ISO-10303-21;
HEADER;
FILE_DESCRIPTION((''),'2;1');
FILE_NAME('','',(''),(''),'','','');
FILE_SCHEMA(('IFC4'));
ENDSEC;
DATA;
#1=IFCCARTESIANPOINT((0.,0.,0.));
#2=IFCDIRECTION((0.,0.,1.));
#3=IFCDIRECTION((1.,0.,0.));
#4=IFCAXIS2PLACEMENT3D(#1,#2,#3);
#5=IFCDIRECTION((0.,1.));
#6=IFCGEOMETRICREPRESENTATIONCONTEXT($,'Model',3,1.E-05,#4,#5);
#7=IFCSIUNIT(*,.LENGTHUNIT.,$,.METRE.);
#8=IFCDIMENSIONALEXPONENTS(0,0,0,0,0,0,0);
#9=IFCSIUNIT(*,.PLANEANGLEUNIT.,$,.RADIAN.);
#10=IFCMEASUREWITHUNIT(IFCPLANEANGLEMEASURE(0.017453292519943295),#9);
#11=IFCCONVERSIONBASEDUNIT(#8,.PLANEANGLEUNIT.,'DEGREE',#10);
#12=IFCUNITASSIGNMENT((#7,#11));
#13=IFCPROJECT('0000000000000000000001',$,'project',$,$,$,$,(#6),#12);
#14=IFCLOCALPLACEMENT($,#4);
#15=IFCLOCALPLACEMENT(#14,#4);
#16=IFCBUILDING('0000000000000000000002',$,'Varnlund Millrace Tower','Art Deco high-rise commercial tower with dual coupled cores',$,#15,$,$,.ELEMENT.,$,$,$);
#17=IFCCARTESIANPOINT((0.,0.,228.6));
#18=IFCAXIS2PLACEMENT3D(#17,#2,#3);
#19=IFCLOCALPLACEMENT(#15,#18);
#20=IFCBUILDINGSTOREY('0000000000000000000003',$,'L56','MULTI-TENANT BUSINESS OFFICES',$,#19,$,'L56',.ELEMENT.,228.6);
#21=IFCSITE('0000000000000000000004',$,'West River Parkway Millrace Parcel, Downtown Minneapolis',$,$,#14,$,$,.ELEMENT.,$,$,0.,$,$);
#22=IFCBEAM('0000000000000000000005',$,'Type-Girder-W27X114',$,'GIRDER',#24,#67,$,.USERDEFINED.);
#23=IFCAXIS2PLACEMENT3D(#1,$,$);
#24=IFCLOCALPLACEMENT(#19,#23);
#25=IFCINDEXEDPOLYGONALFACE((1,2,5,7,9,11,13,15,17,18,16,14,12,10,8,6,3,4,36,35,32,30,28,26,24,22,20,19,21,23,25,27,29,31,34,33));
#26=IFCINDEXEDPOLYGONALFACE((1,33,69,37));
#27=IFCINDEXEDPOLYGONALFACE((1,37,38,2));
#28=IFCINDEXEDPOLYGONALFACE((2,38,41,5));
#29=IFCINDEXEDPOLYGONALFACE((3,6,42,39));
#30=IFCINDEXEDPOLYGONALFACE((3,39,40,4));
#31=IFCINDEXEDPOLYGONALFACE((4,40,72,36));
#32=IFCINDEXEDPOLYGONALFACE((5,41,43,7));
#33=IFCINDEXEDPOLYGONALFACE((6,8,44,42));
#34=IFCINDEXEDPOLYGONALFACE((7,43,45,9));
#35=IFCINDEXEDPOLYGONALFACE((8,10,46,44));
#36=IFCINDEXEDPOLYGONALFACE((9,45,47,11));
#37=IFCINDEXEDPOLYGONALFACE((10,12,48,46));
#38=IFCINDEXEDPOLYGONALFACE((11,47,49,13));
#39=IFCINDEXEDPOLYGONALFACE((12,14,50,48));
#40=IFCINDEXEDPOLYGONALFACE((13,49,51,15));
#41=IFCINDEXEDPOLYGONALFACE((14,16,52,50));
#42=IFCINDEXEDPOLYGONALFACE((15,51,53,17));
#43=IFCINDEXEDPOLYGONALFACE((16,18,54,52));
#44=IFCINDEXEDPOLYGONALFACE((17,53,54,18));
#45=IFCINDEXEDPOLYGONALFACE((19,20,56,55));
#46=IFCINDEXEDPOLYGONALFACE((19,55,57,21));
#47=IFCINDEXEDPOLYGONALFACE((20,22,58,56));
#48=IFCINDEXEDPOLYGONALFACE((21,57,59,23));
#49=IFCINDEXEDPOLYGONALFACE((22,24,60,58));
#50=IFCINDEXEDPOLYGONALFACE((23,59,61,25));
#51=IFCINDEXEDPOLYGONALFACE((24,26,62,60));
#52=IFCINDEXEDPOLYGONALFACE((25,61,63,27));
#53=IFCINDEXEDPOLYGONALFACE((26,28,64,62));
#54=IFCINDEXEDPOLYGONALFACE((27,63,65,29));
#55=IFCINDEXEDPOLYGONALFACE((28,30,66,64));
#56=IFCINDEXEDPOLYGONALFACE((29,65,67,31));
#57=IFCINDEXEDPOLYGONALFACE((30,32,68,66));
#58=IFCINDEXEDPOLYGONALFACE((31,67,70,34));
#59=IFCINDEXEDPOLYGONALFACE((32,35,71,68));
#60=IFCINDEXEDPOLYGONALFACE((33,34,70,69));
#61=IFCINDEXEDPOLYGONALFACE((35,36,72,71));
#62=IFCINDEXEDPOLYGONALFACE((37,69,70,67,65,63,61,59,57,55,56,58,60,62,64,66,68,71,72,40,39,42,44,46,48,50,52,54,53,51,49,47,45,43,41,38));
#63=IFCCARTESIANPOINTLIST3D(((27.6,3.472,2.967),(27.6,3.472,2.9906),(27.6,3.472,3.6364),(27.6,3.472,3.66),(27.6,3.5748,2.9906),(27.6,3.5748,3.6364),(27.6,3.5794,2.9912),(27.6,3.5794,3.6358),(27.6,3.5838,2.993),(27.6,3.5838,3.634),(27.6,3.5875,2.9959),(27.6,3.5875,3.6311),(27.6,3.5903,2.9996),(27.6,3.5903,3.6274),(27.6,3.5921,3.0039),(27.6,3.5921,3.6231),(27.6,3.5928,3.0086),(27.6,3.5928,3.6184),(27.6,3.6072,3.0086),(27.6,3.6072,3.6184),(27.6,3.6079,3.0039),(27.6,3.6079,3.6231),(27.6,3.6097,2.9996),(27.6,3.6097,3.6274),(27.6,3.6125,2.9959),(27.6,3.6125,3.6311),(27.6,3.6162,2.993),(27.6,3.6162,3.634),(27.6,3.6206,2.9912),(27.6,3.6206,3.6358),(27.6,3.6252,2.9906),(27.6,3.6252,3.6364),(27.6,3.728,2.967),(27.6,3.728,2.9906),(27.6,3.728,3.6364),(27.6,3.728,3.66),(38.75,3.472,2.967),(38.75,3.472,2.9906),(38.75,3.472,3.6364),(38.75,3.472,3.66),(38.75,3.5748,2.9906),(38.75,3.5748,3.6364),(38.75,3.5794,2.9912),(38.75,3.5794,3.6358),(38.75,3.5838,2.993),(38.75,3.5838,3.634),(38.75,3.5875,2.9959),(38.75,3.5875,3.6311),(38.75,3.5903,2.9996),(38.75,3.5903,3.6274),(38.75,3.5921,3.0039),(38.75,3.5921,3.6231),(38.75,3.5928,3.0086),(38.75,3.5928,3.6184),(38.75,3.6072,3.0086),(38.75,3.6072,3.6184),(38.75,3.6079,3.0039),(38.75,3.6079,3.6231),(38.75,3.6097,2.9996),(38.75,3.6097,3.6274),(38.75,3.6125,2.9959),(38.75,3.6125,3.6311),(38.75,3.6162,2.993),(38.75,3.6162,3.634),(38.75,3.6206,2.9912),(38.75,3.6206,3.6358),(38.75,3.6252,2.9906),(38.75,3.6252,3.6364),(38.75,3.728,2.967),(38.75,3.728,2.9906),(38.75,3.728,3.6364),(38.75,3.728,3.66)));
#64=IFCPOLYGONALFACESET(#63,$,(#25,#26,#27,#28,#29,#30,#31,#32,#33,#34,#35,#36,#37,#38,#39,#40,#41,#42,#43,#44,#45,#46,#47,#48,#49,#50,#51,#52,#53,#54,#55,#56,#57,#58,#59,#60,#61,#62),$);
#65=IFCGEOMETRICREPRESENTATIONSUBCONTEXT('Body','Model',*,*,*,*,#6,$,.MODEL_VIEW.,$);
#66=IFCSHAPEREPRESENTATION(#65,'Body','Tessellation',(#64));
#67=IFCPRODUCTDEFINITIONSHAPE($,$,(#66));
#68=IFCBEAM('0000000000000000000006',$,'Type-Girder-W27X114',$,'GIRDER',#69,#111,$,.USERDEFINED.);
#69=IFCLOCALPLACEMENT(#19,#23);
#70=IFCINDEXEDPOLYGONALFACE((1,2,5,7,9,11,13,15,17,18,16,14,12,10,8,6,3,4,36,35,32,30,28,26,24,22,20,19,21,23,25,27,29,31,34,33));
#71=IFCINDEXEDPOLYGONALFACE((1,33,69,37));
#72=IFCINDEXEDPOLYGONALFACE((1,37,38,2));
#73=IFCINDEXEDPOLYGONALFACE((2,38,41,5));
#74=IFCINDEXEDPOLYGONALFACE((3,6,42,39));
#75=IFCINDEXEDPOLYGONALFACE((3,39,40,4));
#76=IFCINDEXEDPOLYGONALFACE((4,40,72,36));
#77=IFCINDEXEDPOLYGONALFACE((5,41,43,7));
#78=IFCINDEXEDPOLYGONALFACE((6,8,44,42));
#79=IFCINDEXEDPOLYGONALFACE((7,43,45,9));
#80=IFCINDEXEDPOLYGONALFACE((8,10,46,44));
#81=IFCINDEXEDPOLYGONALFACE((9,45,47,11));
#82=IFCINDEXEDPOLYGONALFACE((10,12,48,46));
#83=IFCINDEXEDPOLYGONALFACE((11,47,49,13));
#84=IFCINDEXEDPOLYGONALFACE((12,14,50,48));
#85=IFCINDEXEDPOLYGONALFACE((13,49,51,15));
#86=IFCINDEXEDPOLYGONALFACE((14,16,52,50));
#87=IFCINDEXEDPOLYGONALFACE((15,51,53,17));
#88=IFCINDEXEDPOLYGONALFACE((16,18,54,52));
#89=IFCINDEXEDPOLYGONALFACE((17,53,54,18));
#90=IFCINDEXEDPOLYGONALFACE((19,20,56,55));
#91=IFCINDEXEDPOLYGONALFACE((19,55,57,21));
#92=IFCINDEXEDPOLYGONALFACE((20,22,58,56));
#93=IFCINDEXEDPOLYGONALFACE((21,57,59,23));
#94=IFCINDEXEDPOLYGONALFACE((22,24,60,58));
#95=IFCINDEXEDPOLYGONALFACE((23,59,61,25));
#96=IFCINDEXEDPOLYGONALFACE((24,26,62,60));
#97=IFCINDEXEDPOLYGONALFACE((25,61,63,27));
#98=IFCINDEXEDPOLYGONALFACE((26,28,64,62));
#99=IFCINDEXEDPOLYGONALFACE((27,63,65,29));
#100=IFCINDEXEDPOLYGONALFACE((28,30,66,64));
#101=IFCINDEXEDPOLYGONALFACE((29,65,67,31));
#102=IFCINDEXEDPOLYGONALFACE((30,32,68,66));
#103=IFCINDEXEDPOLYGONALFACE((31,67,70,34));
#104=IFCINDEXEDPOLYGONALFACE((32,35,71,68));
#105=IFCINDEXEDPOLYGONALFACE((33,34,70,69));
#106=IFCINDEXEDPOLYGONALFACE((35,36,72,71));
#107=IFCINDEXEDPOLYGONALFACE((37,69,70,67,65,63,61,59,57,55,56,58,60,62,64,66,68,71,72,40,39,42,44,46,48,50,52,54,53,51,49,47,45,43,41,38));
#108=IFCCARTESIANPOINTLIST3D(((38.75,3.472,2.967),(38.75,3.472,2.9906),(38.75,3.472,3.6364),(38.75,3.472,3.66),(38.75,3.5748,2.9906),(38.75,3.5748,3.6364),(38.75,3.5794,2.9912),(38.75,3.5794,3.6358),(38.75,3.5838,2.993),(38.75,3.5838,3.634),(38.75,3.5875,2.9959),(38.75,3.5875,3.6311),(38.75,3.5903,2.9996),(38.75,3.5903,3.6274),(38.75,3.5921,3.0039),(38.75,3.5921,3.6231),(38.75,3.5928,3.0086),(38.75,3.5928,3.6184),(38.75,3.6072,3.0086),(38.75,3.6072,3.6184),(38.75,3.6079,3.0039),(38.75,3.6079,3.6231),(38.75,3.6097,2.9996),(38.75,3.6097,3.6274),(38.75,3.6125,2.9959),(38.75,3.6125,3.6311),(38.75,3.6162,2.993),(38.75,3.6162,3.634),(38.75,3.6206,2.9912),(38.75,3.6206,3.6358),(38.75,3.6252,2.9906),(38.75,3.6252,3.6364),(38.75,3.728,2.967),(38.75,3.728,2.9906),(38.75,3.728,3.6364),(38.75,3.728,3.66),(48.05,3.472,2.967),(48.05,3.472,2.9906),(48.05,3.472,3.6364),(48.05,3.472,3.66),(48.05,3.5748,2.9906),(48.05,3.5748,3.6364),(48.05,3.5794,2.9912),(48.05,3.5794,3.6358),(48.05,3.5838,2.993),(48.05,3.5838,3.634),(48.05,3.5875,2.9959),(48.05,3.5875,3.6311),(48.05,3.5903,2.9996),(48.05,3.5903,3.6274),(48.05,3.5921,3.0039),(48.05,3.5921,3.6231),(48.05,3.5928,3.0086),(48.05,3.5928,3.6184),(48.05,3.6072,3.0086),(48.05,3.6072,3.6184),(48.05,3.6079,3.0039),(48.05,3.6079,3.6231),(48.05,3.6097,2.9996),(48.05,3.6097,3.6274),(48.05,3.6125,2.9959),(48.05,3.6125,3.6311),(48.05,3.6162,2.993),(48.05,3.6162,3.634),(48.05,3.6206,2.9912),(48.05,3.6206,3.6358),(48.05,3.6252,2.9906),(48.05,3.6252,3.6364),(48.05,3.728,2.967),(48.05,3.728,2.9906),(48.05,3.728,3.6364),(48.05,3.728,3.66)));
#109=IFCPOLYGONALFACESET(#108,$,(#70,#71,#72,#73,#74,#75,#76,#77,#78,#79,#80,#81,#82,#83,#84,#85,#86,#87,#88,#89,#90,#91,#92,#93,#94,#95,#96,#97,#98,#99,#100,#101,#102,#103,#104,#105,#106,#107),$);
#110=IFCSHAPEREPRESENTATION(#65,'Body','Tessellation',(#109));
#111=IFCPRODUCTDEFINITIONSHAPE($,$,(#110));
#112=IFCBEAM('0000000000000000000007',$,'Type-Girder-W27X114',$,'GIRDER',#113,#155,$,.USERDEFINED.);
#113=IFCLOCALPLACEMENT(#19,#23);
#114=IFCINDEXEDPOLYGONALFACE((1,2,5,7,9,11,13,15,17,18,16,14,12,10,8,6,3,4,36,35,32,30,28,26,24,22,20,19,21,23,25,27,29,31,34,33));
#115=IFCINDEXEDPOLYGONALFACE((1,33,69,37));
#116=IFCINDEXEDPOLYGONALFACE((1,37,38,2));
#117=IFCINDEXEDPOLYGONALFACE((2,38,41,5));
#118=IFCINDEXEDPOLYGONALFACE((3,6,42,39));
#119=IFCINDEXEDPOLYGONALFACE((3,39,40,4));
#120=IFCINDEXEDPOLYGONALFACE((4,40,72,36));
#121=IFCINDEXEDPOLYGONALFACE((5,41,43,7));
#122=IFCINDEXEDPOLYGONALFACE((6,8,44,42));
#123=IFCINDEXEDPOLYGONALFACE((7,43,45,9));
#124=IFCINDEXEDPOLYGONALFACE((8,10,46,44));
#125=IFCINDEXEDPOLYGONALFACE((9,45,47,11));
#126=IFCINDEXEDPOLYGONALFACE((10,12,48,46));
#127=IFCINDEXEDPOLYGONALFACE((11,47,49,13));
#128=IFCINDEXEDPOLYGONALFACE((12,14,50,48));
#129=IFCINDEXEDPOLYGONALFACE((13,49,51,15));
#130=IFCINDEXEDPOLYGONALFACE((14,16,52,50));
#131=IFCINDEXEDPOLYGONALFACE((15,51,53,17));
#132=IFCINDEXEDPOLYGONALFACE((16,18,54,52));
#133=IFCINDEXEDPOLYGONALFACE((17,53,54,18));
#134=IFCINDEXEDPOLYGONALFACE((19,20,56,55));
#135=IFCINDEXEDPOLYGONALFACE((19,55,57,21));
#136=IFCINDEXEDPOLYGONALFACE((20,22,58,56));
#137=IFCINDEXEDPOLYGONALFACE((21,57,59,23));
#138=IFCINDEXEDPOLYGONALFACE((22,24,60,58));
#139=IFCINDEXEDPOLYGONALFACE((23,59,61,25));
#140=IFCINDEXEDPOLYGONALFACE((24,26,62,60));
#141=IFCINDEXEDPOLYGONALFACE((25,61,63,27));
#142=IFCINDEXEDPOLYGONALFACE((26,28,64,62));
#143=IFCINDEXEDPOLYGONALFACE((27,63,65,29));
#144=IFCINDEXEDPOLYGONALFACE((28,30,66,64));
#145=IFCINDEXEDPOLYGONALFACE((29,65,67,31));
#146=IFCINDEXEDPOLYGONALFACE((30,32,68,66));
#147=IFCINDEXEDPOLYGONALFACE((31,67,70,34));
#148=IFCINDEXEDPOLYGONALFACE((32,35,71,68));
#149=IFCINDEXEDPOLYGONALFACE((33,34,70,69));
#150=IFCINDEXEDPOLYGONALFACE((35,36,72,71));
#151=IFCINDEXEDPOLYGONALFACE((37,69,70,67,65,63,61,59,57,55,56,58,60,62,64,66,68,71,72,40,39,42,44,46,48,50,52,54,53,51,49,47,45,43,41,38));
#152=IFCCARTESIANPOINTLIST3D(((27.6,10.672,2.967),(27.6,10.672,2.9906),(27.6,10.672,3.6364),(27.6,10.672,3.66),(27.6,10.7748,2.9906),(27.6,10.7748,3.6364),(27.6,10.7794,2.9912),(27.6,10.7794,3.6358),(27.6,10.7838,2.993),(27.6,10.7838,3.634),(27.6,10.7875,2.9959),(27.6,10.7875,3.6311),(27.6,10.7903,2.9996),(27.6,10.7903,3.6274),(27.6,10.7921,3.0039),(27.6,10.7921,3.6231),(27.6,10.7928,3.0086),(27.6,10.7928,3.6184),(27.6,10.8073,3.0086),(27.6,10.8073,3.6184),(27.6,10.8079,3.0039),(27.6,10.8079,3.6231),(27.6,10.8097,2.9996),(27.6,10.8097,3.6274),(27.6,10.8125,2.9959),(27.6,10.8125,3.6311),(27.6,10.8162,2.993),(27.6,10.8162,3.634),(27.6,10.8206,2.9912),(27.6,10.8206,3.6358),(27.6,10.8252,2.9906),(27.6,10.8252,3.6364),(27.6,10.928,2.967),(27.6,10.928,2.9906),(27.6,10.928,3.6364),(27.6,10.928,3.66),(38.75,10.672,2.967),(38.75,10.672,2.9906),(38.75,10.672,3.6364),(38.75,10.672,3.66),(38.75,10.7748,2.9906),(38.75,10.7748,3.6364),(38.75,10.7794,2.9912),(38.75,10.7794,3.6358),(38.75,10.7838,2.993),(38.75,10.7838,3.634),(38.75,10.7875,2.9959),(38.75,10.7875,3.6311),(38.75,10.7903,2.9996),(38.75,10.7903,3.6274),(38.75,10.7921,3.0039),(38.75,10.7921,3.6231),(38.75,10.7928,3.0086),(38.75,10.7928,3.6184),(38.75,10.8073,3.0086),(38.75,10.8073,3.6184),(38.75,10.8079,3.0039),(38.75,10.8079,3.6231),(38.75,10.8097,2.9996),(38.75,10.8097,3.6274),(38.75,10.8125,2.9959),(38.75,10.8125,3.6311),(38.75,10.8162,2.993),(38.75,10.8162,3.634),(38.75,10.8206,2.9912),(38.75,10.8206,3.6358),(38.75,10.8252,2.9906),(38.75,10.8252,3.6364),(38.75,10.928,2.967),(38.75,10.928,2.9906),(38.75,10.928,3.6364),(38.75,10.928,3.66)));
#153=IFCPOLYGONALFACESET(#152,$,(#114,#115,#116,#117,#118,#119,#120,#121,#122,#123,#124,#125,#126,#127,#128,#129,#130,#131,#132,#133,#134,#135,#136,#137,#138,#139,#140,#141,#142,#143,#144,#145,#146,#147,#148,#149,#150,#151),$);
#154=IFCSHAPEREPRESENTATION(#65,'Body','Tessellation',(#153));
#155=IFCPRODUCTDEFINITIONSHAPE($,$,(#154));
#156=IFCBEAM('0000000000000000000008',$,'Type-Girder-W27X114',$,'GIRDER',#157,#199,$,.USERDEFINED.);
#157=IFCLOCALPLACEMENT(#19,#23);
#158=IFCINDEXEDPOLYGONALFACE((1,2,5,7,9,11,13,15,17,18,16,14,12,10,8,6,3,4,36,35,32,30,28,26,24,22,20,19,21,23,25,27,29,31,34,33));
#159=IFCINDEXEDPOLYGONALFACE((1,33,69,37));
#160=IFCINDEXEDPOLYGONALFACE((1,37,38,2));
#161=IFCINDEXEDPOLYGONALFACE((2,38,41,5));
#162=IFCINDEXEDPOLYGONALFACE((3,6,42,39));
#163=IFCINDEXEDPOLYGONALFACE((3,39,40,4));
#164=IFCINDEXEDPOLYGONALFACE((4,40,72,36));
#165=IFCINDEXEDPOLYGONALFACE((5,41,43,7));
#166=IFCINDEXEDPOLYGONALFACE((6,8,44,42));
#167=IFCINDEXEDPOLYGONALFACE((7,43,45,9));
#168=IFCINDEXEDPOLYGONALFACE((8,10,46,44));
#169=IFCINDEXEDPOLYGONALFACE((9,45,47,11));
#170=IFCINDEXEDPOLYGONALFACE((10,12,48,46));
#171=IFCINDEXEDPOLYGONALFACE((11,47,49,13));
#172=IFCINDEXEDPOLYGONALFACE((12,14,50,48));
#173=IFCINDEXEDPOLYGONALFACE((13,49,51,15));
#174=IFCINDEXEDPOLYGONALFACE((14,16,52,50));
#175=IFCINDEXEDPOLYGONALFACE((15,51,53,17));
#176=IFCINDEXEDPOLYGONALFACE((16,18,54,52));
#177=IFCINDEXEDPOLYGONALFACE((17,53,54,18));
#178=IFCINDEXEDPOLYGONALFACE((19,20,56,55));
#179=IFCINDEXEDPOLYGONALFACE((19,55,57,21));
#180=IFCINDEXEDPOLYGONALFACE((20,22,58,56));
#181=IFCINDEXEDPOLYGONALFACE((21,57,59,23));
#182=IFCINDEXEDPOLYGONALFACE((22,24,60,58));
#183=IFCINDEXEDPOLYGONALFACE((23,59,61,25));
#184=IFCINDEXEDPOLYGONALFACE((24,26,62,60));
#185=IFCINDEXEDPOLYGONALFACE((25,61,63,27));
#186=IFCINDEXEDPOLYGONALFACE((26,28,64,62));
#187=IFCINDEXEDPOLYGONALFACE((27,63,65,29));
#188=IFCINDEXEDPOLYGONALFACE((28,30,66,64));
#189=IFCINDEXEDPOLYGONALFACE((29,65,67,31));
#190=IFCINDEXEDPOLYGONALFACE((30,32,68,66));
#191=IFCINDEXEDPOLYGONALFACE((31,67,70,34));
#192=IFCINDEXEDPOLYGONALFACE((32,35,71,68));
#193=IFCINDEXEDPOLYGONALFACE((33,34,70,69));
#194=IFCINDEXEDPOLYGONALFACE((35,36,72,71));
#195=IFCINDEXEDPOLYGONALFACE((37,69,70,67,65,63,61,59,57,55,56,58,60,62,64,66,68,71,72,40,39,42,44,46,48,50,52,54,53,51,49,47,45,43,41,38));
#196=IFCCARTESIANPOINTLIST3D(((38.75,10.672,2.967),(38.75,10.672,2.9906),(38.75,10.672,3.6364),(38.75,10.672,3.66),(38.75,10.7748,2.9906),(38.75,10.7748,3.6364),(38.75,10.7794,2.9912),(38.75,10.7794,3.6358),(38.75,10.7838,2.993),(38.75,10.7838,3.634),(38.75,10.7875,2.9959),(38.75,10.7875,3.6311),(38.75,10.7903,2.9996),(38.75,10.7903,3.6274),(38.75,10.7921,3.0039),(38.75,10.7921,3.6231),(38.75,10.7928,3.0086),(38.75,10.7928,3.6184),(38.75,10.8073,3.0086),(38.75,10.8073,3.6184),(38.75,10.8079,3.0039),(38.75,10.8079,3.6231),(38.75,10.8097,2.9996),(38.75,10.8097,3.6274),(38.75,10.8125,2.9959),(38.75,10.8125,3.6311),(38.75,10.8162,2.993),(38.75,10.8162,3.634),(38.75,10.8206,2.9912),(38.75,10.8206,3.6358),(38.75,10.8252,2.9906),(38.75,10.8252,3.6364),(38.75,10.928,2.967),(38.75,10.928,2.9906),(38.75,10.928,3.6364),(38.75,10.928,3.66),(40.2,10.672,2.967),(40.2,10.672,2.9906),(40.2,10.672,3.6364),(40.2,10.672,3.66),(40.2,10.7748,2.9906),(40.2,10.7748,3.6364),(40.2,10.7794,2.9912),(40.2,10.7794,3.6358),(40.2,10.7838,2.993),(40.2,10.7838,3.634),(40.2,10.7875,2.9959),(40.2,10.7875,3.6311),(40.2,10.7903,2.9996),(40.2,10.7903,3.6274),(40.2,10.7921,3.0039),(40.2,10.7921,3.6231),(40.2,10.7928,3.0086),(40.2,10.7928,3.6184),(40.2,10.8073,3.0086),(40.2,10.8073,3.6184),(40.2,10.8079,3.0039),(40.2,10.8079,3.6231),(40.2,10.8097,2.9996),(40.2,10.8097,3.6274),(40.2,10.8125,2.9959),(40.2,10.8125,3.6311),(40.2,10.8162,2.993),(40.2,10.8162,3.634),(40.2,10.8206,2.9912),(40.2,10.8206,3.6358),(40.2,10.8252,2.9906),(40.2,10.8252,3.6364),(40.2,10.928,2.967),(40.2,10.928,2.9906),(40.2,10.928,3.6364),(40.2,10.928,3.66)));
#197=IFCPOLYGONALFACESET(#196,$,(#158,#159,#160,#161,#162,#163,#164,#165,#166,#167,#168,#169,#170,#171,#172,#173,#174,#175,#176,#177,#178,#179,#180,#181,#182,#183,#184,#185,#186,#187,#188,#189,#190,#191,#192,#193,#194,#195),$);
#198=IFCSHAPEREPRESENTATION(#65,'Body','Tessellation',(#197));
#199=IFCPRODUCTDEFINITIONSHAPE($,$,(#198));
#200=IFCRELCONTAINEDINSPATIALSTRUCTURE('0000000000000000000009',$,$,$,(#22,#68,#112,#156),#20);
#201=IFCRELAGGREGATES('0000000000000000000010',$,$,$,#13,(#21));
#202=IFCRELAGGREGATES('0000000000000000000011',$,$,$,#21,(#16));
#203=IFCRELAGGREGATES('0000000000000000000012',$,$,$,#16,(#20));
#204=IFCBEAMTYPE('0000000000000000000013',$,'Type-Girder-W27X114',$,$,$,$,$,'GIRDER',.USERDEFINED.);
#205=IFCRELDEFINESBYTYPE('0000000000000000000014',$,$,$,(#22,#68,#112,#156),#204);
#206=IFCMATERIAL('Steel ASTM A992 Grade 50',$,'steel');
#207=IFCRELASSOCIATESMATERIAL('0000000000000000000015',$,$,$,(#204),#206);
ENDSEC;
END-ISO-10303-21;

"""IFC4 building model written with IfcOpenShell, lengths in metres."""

from ifc_helpers import new_model, entity, si_unit, converted_unit, direction, frame, origin_with_axes, origin_2d_with_axis, place, context, subcontext, project, spatial, i_section, extrude, material, material_profile, profile_set, type_object, element, save


model = new_model("IFC4")

# Units and contexts
model_context = context("Model", 3, precision=1e-05, world=origin_with_axes(), true_north=direction((0.0, 1.0)))
body_context = subcontext(model_context, "Body", "Model", "MODEL_VIEW")
ifc_project = project(units=[si_unit("LENGTHUNIT", "METRE"), converted_unit("PLANEANGLEUNIT", "DEGREE", entity("IfcPlaneAngleMeasure", 0.017453292519943295), si_unit("PLANEANGLEUNIT", "RADIAN"), dimensions=[0, 0, 0, 0, 0, 0, 0])], contexts=[model_context])

# Site, building, storey
site_placement = place(None, origin_with_axes())
site = spatial("IfcSite", under=ifc_project, at=site_placement, Name="West River Parkway Millrace Parcel, Downtown Minneapolis", CompositionType="ELEMENT", RefElevation=0.0)
building_placement = place(site_placement, origin_with_axes())
building = spatial("IfcBuilding", under=site, at=building_placement, Name="Varnlund Millrace Tower", Description="Art Deco high-rise commercial tower with dual coupled cores", CompositionType="ELEMENT")
storey_placement = place(building_placement, frame((0.0, 0.0, 228.6), z_axis=(0.0, 0.0, 1.0), x_axis=(1.0, 0.0, 0.0)))
storey = spatial("IfcBuildingStorey", under=building, at=storey_placement, Name="L56", Description="MULTI-TENANT BUSINESS OFFICES", LongName="L56", CompositionType="ELEMENT", Elevation=228.6)

# Beams
ifc_material_1 = material(Name="Steel ASTM A992 Grade 50", Category="steel")
ifc_material_profile_1 = material_profile(ifc_material_1, i_section(OverallWidth=0.256, OverallDepth=0.693, WebThickness=0.0145, FlangeThickness=0.0236, FilletRadius=0.018, at=origin_2d_with_axis()), Name="Steel ASTM A992 Grade 50")
ifc_profile_set_1 = profile_set([ifc_material_profile_1], Name="Steel ASTM A992 Grade 50")
beam_type_1 = type_object("IfcBeamType", Name="Type-Girder-W27X114", ElementType="GIRDER", PredefinedType="USERDEFINED", material=ifc_profile_set_1)
beam_1_placement = place(storey_placement, frame((27.6, 3.6, 3.3135), z_axis=(1.0, 0.0, 0.0), x_axis=(0.0, 1.0, 0.0)))
element("IfcBeam", 1, at=beam_1_placement, inside=storey, type_object=beam_type_1, Name="Type-Girder-W27X114", ObjectType="GIRDER", PredefinedType="USERDEFINED", context=body_context, shape_type="SweptSolid", body=[
    extrude(i_section(OverallWidth=0.256, OverallDepth=0.693, WebThickness=0.0145, FlangeThickness=0.0236, FilletRadius=0.018, at=origin_2d_with_axis()), origin_with_axes(), (0.0, 0.0, 1.0), 11.15),
])
beam_2_placement = place(storey_placement, frame((38.75, 3.6, 3.3135), z_axis=(1.0, 0.0, 0.0), x_axis=(0.0, 1.0, 0.0)))
element("IfcBeam", 2, at=beam_2_placement, inside=storey, type_object=beam_type_1, Name="Type-Girder-W27X114", ObjectType="GIRDER", PredefinedType="USERDEFINED", context=body_context, shape_type="SweptSolid", body=[
    extrude(i_section(OverallWidth=0.256, OverallDepth=0.693, WebThickness=0.0145, FlangeThickness=0.0236, FilletRadius=0.018, at=origin_2d_with_axis()), origin_with_axes(), (0.0, 0.0, 1.0), 9.3),
])
beam_3_placement = place(storey_placement, frame((27.6, 10.8, 3.3135), z_axis=(1.0, 0.0, 0.0), x_axis=(0.0, 1.0, 0.0)))
element("IfcBeam", 3, at=beam_3_placement, inside=storey, type_object=beam_type_1, Name="Type-Girder-W27X114", ObjectType="GIRDER", PredefinedType="USERDEFINED", context=body_context, shape_type="SweptSolid", body=[
    extrude(i_section(OverallWidth=0.256, OverallDepth=0.693, WebThickness=0.0145, FlangeThickness=0.0236, FilletRadius=0.018, at=origin_2d_with_axis()), origin_with_axes(), (0.0, 0.0, 1.0), 11.15),
])
beam_4_placement = place(storey_placement, frame((38.75, 10.8, 3.3135), z_axis=(1.0, 0.0, 0.0), x_axis=(0.0, 1.0, 0.0)))
element("IfcBeam", 4, at=beam_4_placement, inside=storey, type_object=beam_type_1, Name="Type-Girder-W27X114", ObjectType="GIRDER", PredefinedType="USERDEFINED", context=body_context, shape_type="SweptSolid", body=[
    extrude(i_section(OverallWidth=0.256, OverallDepth=0.693, WebThickness=0.0145, FlangeThickness=0.0236, FilletRadius=0.018, at=origin_2d_with_axis()), origin_with_axes(), (0.0, 0.0, 1.0), 1.45),
])

save(model, "model.ifc")
